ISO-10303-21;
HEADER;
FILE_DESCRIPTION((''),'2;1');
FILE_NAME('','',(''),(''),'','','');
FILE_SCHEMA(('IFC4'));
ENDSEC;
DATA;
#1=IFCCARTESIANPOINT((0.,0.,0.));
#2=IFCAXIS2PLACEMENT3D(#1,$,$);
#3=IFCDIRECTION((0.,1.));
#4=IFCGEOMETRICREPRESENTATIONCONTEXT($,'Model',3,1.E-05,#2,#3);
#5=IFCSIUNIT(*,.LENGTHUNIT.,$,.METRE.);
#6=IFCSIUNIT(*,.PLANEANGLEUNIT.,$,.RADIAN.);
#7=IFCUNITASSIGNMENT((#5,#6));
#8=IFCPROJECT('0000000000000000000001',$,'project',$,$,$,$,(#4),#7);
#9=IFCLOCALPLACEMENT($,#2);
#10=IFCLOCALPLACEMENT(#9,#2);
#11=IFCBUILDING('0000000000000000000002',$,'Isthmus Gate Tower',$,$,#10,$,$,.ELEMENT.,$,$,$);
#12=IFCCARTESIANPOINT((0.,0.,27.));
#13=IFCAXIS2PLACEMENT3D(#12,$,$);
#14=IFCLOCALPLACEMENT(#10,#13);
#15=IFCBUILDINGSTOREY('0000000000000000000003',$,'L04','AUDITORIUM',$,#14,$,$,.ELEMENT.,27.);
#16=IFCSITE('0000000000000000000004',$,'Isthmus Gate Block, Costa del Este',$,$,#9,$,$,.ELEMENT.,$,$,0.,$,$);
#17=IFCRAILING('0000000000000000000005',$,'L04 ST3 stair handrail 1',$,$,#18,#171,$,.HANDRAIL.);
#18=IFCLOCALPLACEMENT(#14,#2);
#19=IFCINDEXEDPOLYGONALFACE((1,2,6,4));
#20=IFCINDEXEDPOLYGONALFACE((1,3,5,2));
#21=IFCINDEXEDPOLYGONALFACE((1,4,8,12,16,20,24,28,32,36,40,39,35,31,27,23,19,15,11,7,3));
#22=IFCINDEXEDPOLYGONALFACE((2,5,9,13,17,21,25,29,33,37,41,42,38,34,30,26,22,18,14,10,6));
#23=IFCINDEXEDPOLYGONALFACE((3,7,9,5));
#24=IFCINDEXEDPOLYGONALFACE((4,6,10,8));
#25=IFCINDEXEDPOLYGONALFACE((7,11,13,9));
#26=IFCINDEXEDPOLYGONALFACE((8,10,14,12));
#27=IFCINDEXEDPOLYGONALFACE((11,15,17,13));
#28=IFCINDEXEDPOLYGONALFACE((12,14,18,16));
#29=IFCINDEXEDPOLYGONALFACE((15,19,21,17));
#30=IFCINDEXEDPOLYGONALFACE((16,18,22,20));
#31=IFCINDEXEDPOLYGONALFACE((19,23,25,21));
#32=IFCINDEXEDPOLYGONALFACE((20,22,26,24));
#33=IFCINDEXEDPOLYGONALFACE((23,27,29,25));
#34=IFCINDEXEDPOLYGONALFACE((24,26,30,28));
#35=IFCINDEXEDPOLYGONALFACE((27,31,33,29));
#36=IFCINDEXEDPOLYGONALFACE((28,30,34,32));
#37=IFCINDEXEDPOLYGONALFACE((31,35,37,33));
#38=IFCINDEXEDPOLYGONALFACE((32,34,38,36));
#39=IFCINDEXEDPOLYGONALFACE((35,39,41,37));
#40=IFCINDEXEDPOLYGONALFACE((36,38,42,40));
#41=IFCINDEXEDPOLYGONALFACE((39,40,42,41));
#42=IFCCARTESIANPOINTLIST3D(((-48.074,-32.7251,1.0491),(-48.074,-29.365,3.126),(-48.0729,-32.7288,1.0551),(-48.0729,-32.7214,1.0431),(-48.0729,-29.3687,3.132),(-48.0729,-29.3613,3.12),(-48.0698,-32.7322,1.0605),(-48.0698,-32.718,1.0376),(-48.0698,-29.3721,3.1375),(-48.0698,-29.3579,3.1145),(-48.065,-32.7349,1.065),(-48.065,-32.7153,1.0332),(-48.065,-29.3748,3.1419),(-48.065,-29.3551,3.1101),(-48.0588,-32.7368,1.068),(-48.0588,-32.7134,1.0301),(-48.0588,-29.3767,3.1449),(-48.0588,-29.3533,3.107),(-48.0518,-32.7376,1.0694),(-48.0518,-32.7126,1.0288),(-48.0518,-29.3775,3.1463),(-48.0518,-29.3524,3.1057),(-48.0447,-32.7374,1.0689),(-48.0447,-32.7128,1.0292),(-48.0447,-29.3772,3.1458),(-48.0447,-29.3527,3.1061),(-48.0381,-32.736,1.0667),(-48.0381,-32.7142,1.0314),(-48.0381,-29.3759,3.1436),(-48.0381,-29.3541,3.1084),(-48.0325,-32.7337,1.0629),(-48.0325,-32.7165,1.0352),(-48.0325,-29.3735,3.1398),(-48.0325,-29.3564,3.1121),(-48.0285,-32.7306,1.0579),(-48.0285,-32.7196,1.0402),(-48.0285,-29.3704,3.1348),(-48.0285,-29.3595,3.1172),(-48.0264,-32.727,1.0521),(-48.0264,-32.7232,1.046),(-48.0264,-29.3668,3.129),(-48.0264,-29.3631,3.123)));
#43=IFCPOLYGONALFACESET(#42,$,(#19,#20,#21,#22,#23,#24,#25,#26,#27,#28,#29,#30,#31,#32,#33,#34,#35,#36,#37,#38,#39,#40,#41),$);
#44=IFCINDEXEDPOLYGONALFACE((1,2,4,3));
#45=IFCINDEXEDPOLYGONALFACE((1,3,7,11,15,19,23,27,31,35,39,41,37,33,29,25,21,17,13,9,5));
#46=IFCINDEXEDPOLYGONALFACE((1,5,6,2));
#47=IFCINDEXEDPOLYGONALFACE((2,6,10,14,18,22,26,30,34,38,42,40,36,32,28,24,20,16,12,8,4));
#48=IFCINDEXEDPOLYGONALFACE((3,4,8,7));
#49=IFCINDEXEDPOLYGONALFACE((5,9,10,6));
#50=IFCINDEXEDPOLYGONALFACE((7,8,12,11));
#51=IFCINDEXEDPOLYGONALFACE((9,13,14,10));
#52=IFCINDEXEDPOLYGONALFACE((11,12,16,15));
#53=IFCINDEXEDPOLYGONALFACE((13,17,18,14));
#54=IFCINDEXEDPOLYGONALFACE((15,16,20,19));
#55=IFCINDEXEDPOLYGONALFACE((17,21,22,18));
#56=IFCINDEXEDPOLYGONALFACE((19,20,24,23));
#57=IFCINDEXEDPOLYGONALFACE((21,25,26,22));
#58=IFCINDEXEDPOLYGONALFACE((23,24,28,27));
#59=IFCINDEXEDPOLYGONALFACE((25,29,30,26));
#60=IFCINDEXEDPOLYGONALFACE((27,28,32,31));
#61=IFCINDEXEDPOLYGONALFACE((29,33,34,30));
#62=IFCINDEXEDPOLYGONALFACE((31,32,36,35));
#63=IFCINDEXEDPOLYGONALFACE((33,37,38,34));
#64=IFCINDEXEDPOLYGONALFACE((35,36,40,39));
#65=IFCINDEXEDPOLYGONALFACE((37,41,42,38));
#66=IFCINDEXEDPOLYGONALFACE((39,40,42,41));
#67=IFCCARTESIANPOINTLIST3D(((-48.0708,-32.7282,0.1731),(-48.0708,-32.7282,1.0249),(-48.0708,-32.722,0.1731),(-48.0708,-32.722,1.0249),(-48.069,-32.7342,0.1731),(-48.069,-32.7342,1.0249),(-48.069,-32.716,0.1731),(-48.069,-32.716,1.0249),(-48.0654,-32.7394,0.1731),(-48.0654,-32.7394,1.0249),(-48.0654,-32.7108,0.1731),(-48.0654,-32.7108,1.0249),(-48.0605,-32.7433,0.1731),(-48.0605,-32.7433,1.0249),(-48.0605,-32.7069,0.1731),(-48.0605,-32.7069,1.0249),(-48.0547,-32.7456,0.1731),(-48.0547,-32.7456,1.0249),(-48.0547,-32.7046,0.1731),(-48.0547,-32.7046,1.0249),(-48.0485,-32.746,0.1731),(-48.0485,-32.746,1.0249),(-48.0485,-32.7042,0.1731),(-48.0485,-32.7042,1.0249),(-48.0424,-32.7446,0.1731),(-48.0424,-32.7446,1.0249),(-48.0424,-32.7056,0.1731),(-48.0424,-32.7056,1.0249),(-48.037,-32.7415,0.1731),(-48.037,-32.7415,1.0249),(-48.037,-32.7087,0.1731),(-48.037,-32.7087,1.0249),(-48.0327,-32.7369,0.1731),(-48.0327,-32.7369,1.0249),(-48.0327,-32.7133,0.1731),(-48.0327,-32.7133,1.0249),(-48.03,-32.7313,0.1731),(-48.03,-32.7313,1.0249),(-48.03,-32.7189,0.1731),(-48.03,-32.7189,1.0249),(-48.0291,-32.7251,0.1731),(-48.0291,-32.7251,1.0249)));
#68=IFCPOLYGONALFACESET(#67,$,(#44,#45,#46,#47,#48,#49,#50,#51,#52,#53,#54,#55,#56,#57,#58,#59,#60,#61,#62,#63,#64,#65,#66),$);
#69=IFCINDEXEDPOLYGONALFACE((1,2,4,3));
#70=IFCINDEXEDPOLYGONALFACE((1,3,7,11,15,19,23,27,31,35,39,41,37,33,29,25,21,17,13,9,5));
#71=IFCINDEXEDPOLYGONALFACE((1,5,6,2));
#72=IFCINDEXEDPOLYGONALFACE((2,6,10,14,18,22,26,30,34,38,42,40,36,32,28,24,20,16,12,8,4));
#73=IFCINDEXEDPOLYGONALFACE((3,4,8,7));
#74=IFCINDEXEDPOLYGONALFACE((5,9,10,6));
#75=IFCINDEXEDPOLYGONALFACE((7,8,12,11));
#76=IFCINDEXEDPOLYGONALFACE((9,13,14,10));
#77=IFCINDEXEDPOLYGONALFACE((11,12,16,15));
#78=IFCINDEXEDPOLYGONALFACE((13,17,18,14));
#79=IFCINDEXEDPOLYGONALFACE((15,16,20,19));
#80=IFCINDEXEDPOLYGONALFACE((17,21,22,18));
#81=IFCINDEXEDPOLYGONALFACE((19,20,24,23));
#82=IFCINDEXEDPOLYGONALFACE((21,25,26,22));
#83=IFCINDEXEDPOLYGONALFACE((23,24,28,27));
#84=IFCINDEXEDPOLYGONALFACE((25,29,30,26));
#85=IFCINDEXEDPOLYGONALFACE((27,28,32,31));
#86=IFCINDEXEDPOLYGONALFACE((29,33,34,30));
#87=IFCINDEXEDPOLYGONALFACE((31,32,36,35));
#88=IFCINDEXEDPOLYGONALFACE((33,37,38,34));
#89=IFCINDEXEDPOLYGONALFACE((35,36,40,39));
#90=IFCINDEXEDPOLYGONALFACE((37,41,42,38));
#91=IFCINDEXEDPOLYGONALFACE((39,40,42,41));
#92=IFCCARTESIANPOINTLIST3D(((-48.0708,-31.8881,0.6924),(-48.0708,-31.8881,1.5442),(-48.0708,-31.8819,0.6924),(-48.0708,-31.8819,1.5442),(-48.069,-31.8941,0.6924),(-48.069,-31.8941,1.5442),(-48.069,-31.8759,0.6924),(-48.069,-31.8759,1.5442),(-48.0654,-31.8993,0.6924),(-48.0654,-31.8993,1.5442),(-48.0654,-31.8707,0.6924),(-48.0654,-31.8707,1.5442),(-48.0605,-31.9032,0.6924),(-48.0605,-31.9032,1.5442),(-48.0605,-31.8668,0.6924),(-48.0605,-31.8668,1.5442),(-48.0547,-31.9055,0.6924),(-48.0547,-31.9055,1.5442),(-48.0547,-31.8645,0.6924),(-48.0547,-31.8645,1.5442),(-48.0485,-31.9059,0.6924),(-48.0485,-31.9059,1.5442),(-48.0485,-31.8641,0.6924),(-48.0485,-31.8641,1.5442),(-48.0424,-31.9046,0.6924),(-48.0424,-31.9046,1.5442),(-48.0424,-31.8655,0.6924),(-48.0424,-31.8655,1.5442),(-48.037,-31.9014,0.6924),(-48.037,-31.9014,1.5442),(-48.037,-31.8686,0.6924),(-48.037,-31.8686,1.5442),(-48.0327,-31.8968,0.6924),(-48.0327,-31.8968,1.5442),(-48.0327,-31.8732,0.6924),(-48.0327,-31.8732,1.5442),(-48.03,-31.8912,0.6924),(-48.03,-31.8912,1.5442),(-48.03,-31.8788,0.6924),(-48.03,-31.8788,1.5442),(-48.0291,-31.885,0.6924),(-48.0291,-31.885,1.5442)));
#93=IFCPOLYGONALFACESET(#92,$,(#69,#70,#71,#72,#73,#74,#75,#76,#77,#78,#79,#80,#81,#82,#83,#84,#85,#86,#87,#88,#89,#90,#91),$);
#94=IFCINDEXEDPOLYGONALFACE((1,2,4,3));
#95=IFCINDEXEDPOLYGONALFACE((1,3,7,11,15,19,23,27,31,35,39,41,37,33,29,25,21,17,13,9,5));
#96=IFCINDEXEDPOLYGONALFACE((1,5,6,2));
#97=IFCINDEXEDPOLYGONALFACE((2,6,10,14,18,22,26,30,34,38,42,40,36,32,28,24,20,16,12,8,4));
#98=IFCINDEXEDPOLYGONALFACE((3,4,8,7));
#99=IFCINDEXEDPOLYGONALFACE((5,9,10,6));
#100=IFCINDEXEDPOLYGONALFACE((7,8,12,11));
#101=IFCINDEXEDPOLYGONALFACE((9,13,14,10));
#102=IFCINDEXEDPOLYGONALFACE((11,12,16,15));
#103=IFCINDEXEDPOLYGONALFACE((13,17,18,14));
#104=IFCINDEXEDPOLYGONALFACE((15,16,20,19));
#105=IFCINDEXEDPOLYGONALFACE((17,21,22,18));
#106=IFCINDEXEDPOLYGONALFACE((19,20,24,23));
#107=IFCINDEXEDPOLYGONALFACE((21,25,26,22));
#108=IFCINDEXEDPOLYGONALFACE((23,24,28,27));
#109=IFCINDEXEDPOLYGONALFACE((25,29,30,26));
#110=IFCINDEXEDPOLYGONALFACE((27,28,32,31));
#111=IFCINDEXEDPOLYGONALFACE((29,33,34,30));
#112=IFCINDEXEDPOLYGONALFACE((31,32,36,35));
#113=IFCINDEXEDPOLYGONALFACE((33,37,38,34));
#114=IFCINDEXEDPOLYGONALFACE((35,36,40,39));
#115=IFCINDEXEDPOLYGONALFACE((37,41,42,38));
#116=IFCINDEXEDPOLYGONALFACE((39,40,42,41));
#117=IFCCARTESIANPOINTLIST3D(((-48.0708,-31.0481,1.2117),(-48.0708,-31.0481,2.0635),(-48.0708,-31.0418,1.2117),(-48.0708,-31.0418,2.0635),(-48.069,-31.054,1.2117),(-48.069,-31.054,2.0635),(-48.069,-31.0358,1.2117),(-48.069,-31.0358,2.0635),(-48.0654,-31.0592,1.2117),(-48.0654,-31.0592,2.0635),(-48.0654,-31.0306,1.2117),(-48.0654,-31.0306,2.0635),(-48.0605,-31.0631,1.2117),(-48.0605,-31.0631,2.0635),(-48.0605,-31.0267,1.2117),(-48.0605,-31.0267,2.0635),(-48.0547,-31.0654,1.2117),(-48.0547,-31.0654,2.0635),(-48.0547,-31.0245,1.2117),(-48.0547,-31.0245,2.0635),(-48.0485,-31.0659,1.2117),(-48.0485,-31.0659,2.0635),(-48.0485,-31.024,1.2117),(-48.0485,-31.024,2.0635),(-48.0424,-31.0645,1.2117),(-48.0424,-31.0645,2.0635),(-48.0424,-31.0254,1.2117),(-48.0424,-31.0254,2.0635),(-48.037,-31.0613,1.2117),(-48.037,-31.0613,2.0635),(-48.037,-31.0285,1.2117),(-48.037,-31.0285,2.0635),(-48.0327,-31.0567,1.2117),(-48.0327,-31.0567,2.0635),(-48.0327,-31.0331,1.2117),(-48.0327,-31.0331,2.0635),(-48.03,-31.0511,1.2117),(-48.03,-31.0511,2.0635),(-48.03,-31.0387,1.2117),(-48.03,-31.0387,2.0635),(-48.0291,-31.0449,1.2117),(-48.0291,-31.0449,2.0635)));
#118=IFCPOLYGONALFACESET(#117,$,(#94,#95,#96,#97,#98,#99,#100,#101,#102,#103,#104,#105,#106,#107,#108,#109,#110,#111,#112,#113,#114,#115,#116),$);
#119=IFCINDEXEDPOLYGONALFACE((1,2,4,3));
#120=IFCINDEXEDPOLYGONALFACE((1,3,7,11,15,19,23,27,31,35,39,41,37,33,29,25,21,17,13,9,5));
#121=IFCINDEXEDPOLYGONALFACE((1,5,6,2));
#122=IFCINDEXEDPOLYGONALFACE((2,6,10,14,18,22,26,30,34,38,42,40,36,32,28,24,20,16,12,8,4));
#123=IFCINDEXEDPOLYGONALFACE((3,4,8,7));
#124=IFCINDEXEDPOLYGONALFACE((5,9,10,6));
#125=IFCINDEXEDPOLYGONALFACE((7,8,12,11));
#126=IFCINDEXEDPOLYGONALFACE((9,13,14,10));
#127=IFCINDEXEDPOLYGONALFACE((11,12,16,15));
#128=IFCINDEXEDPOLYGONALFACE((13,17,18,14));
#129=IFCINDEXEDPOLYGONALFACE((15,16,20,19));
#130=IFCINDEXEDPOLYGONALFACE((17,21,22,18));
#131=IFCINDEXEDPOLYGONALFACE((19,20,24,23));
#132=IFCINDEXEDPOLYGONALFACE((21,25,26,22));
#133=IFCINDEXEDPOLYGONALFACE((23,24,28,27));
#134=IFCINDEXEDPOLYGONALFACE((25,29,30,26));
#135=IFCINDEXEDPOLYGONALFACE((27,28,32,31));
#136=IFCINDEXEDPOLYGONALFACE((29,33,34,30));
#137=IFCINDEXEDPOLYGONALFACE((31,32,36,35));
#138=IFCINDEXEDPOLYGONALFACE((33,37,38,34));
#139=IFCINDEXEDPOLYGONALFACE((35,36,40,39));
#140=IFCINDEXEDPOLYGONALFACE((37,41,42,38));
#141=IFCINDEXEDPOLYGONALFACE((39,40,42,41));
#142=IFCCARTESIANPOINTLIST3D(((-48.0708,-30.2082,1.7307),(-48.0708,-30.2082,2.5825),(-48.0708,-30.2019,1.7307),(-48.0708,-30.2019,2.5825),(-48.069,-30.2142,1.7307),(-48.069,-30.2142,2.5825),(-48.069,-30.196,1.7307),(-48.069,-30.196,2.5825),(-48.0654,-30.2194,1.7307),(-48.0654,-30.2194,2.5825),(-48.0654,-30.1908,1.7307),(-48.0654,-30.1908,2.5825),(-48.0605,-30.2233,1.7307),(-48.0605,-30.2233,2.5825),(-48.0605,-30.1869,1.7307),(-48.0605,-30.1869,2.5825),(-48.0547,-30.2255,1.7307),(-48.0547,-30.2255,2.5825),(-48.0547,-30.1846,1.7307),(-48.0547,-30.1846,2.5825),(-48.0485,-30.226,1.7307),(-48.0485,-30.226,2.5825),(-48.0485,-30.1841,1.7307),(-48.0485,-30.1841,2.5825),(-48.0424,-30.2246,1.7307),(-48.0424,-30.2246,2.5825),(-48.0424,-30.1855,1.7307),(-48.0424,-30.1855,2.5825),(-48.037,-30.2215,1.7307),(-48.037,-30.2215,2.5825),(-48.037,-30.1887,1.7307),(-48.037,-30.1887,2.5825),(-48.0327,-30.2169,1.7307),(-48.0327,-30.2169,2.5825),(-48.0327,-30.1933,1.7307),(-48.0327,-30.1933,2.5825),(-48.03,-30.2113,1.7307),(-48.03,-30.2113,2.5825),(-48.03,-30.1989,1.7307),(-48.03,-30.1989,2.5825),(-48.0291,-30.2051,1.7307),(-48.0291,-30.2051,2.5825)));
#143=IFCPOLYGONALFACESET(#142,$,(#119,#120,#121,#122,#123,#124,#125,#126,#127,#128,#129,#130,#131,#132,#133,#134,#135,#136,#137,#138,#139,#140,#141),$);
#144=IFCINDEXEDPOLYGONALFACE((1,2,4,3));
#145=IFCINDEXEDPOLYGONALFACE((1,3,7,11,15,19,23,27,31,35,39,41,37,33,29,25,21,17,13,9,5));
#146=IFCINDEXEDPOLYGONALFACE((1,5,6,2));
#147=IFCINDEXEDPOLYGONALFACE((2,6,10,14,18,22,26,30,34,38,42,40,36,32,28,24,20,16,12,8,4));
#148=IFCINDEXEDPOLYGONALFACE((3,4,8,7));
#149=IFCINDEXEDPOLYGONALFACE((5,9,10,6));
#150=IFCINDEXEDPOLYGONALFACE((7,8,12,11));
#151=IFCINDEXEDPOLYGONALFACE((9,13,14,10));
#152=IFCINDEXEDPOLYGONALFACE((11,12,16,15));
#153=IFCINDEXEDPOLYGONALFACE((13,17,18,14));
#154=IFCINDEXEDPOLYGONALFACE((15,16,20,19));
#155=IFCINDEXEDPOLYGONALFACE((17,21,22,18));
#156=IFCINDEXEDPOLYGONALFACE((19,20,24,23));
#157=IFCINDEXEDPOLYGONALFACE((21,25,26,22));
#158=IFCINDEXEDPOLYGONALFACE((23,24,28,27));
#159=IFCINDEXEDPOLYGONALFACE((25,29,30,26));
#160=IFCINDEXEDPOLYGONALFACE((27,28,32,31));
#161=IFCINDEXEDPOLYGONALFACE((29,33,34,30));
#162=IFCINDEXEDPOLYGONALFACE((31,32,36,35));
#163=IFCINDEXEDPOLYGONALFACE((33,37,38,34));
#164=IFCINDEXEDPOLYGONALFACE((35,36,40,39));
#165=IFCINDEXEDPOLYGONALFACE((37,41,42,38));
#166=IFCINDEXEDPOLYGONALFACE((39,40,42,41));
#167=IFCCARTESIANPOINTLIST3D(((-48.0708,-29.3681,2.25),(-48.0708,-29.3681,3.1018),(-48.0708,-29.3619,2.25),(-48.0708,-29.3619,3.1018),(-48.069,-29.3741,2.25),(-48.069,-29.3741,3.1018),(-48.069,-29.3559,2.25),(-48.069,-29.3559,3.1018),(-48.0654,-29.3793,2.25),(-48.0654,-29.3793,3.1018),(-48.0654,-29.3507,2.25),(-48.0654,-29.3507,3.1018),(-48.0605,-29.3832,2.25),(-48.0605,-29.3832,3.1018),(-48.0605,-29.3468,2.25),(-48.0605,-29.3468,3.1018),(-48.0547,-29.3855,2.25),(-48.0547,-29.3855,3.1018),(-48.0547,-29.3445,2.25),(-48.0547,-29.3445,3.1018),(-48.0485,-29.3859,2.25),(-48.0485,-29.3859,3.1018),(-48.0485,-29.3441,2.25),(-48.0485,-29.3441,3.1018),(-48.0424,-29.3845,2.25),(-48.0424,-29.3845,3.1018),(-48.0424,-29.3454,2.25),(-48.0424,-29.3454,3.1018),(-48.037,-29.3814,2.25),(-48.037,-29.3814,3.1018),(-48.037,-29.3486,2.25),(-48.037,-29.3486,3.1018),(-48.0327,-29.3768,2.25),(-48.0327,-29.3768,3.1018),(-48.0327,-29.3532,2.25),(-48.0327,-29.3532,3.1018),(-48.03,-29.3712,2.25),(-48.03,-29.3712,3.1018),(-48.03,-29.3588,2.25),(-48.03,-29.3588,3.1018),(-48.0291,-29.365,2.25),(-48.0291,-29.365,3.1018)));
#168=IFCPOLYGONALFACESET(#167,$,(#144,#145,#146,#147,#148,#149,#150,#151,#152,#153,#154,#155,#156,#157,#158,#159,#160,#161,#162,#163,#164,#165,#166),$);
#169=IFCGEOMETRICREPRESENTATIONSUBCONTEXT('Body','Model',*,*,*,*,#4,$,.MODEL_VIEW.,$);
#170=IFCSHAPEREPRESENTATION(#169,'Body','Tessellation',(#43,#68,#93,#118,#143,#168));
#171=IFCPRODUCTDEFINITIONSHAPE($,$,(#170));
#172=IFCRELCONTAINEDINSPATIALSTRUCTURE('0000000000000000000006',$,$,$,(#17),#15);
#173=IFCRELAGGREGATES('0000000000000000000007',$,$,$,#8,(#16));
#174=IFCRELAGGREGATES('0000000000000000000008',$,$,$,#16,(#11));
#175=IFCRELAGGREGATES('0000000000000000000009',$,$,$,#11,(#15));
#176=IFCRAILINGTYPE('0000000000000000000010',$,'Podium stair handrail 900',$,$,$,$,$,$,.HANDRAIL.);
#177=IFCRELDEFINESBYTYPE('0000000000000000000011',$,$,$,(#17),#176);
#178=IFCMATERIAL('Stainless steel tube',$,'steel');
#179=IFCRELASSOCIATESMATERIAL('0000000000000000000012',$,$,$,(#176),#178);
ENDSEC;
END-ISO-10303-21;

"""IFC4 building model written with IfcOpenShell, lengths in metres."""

from ifc_helpers import new_model, si_unit, direction, frame, origin, origin_2d, place, context, subcontext, project, spatial, circle, extrude, material, type_object, element, save


model = new_model("IFC4")

# Units and contexts
model_context = context("Model", 3, precision=1e-05, world=origin(), true_north=direction((0.0, 1.0)))
body_context = subcontext(model_context, "Body", "Model", "MODEL_VIEW")
ifc_project = project(units=[si_unit("LENGTHUNIT", "METRE"), si_unit("PLANEANGLEUNIT", "RADIAN")], contexts=[model_context])

# Site, building, storey
site_placement = place(None, origin())
site = spatial("IfcSite", under=ifc_project, at=site_placement, Name="Isthmus Gate Block, Costa del Este", CompositionType="ELEMENT", RefElevation=0.0)
building_placement = place(site_placement, origin())
building = spatial("IfcBuilding", under=site, at=building_placement, Name="Isthmus Gate Tower", CompositionType="ELEMENT")
storey_placement = place(building_placement, frame((0.0, 0.0, 27.0)))
storey = spatial("IfcBuildingStorey", under=building, at=storey_placement, Name="L04", Description="AUDITORIUM", CompositionType="ELEMENT", Elevation=27.0)

# Railing
ifc_material_1 = material(Name="Stainless steel tube", Category="steel")
railing_type_1 = type_object("IfcRailingType", Name="Podium stair handrail 900", PredefinedType="HANDRAIL", material=ifc_material_1)
railing_1_placement = place(storey_placement, frame((-48.05, -32.7251, 0.1731)))
element("IfcRailing", 1, at=railing_1_placement, inside=storey, type_object=railing_type_1, Name="L04 ST3 stair handrail 1", PredefinedType="HANDRAIL", context=body_context, shape_type="SweptSolid", body=[
    extrude(circle(Radius=0.0239, at=origin_2d()), frame((0.0, 0.0, 0.876), z_axis=(0.0, 0.850623, 0.525776), x_axis=(-1.0, 0.0, 0.0)), (0.0, 0.0, 1.0), 3.9502),
    extrude(circle(Radius=0.021, at=origin_2d()), origin(), (0.0, 0.0, 1.0), 0.8518),
    extrude(circle(Radius=0.021, at=origin_2d()), frame((0.0, 0.8401, 0.5193)), (0.0, 0.0, 1.0), 0.8518),
    extrude(circle(Radius=0.021, at=origin_2d()), frame((0.0, 1.6802, 1.0386)), (0.0, 0.0, 1.0), 0.8518),
    extrude(circle(Radius=0.021, at=origin_2d()), frame((0.0, 2.52, 1.5576)), (0.0, 0.0, 1.0), 0.8518),
    extrude(circle(Radius=0.021, at=origin_2d()), frame((0.0, 3.3601, 2.0769)), (0.0, 0.0, 1.0), 0.8518),
])

save(model, "model.ifc")
